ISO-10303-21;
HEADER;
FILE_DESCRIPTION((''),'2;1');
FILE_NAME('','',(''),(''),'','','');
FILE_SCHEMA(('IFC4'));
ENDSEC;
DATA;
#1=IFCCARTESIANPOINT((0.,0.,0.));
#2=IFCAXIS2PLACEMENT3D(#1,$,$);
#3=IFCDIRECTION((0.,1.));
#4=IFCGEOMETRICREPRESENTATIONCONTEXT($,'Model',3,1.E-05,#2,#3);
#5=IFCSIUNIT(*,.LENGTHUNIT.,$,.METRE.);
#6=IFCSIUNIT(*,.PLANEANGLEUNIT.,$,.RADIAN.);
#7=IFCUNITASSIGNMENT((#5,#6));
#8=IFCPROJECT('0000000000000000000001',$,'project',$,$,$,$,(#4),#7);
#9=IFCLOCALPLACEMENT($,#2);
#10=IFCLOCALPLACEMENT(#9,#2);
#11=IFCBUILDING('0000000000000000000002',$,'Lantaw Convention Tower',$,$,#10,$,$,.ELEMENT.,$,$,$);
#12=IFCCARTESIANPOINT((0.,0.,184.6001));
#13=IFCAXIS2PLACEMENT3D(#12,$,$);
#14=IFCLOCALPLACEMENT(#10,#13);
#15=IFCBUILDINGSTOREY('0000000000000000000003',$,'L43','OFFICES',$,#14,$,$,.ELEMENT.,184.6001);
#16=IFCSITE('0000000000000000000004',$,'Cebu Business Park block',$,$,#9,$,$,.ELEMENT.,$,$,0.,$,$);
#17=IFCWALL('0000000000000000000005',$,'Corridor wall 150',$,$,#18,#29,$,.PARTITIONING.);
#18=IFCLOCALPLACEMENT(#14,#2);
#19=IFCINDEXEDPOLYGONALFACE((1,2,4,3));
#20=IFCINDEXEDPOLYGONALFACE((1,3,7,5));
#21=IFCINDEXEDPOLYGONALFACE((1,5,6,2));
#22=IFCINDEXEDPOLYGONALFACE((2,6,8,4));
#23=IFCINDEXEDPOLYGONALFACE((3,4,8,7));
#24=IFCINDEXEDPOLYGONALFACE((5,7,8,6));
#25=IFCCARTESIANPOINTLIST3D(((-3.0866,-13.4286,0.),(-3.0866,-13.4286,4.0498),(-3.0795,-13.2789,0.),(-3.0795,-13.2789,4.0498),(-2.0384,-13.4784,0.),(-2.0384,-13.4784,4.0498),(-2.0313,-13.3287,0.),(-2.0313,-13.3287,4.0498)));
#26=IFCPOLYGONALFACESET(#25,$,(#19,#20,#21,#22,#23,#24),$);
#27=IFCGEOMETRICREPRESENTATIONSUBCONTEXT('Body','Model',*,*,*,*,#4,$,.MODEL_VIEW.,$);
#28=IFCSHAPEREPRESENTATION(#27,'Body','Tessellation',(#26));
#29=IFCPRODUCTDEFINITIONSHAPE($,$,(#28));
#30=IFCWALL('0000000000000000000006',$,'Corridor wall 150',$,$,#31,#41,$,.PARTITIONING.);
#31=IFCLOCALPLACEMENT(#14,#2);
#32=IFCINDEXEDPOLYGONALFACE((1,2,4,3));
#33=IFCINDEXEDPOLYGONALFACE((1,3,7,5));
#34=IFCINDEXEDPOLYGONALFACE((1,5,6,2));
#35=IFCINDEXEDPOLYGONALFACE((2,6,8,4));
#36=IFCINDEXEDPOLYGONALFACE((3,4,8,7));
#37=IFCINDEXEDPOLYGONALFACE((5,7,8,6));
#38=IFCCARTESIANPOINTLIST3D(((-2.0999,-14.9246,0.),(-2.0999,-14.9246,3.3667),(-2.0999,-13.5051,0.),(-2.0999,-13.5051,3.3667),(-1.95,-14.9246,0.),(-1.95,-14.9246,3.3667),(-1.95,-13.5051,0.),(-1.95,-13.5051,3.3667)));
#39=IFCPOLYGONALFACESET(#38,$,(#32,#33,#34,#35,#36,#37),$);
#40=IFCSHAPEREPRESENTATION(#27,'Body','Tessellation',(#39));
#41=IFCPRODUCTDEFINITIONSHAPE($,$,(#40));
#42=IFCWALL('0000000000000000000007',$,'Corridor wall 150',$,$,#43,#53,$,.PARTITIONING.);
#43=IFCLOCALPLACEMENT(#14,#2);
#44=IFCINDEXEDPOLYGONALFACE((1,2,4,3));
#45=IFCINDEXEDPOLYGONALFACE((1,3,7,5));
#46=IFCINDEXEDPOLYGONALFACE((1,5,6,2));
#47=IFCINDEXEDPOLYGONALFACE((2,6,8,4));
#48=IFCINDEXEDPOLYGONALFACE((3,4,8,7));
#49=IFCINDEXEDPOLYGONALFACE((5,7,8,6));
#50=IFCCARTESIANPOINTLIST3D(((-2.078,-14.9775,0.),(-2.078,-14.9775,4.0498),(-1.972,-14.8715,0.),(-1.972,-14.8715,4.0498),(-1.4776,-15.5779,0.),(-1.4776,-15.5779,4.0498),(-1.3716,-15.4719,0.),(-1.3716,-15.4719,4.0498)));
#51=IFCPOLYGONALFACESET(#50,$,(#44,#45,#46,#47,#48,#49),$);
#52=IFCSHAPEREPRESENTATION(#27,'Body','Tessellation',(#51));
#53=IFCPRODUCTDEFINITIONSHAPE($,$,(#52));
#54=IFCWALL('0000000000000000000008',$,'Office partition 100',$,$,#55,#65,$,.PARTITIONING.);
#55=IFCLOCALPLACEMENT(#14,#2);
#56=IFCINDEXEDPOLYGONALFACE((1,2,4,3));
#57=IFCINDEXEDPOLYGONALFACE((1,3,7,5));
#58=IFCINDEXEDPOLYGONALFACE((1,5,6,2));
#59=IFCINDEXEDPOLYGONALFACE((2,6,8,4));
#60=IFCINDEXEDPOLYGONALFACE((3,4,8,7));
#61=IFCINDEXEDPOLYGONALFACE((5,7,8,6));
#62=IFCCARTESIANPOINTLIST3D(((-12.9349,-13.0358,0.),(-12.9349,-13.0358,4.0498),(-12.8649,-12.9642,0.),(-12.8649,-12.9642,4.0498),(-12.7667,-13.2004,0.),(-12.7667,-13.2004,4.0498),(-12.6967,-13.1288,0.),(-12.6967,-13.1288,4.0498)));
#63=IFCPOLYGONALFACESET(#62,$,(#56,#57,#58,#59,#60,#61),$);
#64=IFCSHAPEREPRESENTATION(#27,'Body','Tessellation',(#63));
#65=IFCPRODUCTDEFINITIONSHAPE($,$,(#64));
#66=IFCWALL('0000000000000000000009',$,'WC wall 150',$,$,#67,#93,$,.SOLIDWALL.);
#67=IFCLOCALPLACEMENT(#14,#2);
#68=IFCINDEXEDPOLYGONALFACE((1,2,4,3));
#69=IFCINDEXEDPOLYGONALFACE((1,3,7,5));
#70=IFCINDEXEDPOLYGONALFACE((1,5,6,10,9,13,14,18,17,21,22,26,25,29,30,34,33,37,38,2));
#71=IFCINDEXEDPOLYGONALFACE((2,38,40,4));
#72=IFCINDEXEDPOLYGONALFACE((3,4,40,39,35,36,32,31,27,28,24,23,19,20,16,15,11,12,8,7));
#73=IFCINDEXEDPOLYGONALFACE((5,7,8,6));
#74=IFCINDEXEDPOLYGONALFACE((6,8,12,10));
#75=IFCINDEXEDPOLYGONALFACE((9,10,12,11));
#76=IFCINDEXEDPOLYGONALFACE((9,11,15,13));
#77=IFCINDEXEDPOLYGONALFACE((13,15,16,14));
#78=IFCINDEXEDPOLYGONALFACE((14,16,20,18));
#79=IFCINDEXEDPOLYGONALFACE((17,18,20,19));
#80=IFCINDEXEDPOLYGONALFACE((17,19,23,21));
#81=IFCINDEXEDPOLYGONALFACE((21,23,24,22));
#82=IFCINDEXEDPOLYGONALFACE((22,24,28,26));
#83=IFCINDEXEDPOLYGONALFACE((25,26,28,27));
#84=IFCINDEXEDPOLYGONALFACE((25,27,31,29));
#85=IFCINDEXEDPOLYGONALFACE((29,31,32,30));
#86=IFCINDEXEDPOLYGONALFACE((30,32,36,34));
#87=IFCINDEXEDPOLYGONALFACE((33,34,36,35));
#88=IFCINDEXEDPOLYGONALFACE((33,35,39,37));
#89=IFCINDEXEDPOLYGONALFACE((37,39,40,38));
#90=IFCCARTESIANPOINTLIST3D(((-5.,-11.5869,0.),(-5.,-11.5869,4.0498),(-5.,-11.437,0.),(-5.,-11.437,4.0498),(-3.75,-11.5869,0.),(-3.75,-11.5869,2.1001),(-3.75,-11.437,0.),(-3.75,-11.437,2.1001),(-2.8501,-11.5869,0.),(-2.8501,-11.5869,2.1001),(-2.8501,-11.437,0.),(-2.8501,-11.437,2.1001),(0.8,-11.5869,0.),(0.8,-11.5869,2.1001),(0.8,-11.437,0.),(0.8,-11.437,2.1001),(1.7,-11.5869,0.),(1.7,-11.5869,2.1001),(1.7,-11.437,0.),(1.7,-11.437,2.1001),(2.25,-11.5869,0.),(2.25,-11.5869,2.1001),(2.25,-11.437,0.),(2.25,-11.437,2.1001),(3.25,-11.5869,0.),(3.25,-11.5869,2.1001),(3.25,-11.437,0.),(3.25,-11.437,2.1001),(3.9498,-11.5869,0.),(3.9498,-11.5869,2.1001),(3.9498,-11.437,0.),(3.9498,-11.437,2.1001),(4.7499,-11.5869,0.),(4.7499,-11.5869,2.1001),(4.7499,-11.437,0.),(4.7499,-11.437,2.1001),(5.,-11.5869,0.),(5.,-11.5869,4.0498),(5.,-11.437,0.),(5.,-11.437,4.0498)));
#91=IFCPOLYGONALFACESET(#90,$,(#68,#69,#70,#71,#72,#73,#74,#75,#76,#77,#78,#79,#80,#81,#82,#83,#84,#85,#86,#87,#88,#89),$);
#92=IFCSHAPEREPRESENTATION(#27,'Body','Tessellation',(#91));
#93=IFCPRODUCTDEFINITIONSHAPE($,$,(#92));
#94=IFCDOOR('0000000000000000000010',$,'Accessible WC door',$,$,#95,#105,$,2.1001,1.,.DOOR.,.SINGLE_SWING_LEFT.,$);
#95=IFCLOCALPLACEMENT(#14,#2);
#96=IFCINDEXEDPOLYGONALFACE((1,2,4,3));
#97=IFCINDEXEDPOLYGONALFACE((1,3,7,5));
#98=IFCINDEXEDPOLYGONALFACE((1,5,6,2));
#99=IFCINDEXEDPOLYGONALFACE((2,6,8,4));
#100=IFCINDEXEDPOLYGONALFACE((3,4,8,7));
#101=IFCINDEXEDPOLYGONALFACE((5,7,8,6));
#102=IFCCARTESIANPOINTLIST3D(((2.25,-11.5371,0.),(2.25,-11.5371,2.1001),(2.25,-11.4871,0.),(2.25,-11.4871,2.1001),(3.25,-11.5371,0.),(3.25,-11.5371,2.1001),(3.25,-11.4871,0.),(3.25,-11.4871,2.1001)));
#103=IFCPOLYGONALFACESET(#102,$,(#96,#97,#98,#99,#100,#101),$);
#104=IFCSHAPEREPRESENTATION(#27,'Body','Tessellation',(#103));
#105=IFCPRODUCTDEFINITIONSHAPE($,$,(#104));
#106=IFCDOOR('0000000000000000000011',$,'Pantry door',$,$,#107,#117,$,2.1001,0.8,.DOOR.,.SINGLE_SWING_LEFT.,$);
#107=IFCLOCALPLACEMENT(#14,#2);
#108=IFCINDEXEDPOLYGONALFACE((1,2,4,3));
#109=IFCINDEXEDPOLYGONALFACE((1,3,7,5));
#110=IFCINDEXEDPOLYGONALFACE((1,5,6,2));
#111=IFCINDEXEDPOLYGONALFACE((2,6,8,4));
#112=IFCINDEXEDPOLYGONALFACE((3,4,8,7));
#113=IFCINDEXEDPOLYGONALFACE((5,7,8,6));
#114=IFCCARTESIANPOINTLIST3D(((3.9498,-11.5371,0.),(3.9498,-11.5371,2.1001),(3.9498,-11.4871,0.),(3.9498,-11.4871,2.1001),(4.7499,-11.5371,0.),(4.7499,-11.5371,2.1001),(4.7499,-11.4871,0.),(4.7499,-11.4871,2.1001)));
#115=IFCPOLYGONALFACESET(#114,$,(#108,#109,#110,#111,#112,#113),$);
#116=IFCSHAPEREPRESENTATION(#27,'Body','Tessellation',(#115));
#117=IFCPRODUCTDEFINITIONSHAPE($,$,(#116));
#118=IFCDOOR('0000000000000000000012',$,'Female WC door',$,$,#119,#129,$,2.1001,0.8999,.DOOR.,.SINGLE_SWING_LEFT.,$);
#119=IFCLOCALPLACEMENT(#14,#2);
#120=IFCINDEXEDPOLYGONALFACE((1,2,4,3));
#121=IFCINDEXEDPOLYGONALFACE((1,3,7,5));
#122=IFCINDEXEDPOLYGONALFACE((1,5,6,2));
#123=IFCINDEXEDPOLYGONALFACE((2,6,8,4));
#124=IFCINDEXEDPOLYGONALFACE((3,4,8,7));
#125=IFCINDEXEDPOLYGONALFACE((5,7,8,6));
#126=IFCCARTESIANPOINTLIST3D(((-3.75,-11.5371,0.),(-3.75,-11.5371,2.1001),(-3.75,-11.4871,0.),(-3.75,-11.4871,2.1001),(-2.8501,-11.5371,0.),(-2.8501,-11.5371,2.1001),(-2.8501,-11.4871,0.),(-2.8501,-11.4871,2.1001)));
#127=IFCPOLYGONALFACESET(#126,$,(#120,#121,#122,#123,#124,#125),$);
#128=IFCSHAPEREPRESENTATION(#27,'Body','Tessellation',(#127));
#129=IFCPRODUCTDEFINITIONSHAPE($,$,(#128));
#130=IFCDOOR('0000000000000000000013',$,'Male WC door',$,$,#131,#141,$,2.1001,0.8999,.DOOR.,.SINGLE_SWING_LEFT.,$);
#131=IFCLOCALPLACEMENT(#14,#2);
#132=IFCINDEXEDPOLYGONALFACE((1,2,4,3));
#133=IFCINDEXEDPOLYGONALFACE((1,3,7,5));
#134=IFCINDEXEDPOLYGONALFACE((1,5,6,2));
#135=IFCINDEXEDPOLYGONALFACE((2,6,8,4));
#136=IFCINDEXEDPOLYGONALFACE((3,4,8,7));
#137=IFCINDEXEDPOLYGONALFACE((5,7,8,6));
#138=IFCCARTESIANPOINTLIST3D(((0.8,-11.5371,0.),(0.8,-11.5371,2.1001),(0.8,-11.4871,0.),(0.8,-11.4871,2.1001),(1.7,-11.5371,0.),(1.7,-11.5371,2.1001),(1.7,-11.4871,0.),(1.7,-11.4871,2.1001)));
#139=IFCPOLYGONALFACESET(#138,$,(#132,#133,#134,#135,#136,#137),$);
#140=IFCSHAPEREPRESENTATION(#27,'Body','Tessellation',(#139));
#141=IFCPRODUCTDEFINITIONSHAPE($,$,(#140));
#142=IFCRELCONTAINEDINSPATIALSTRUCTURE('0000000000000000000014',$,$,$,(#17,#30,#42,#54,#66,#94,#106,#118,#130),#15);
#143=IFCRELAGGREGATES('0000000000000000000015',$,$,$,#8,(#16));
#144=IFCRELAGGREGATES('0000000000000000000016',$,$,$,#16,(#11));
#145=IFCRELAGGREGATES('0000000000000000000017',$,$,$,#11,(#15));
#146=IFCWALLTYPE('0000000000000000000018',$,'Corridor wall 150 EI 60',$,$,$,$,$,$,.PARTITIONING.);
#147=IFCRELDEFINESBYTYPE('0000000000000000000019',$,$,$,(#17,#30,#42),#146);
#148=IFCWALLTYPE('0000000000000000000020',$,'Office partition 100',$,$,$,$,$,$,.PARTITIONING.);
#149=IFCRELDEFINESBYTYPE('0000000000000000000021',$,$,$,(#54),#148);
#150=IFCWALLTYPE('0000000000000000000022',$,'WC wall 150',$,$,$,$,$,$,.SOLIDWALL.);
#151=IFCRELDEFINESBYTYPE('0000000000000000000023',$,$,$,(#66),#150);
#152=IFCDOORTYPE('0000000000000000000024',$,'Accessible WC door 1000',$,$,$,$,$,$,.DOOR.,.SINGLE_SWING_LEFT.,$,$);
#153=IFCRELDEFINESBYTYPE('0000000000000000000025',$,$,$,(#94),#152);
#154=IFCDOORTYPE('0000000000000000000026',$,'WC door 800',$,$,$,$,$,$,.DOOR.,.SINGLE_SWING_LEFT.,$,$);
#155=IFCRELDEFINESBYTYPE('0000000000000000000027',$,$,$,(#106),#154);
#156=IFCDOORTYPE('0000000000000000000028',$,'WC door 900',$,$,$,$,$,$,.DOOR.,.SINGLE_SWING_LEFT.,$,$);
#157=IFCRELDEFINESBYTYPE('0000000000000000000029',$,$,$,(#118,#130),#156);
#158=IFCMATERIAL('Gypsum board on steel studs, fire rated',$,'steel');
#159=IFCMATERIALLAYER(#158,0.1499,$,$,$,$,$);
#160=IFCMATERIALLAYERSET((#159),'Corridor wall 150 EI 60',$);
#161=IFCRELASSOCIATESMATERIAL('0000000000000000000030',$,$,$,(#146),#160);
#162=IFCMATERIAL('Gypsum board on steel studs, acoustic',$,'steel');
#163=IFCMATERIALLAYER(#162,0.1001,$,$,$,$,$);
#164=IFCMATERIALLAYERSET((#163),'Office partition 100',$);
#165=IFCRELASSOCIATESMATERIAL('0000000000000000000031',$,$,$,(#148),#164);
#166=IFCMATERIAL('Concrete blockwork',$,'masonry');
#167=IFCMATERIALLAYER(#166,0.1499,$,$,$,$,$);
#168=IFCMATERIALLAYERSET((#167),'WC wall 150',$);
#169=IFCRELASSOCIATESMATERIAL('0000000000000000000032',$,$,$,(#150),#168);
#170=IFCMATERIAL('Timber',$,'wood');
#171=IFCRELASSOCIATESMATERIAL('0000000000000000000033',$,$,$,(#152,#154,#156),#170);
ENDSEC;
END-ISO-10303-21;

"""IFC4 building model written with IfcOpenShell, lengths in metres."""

from ifc_helpers import new_model, si_unit, direction, frame, frame_2d, origin, place, context, subcontext, project, spatial, rectangle, extrude, material, layer, layer_set, type_object, element, fill, save


model = new_model("IFC4")

# Units and contexts
model_context = context("Model", 3, precision=1e-05, world=origin(), true_north=direction((0.0, 1.0)))
body_context = subcontext(model_context, "Body", "Model", "MODEL_VIEW")
ifc_project = project(units=[si_unit("LENGTHUNIT", "METRE"), si_unit("PLANEANGLEUNIT", "RADIAN")], contexts=[model_context])

# Site, building, storey
site_placement = place(None, origin())
site = spatial("IfcSite", under=ifc_project, at=site_placement, Name="Cebu Business Park block", CompositionType="ELEMENT", RefElevation=0.0)
building_placement = place(site_placement, origin())
building = spatial("IfcBuilding", under=site, at=building_placement, Name="Lantaw Convention Tower", CompositionType="ELEMENT")
storey_placement = place(building_placement, frame((0.0, 0.0, 184.6001)))
storey = spatial("IfcBuildingStorey", under=building, at=storey_placement, Name="L43", Description="OFFICES", CompositionType="ELEMENT", Elevation=184.6001)

# Shared definitions
ifc_material_1 = material(Name="Gypsum board on steel studs, fire rated", Category="steel")
ifc_layer_1 = layer(ifc_material_1, 0.1499)
ifc_layer_set_1 = layer_set([ifc_layer_1], Name="Corridor wall 150 EI 60")
wall_type_1 = type_object("IfcWallType", Name="Corridor wall 150 EI 60", PredefinedType="PARTITIONING", material=ifc_layer_set_1)

# Walls
wall_1_placement = place(storey_placement, frame((-3.083, -13.3538, 0.0), z_axis=(0.0, 0.0, 1.0), x_axis=(0.998873, -0.047466, 0.0)))
element("IfcWall", 1, at=wall_1_placement, inside=storey, type_object=wall_type_1, Name="Corridor wall 150", PredefinedType="PARTITIONING", context=body_context, shape_type="SweptSolid", body=[
    extrude(rectangle(XDim=1.0493, YDim=0.1499, at=frame_2d((0.5247, 0.0))), origin(), (0.0, 0.0, 1.0), 4.0498),
])
wall_2_placement = place(storey_placement, frame((-2.0249, -14.9246, 0.0), z_axis=(0.0, 0.0, 1.0), x_axis=(0.0, 1.0, 0.0)))
element("IfcWall", 2, at=wall_2_placement, inside=storey, type_object=wall_type_1, Name="Corridor wall 150", PredefinedType="PARTITIONING", context=body_context, shape_type="SweptSolid", body=[
    extrude(rectangle(XDim=1.4194, YDim=0.1499, at=frame_2d((0.7097, 0.0))), origin(), (0.0, 0.0, 1.0), 3.3667),
])
wall_3_placement = place(storey_placement, frame((-1.4246, -15.5249, 0.0), z_axis=(0.0, 0.0, 1.0), x_axis=(-0.707107, 0.707107, 0.0)))
element("IfcWall", 3, at=wall_3_placement, inside=storey, type_object=wall_type_1, Name="Corridor wall 150", PredefinedType="PARTITIONING", context=body_context, shape_type="SweptSolid", body=[
    extrude(rectangle(XDim=0.8491, YDim=0.1499, at=frame_2d((0.4246, 0.0))), origin(), (0.0, 0.0, 1.0), 4.0498),
])
ifc_material_2 = material(Name="Gypsum board on steel studs, acoustic", Category="steel")
ifc_layer_2 = layer(ifc_material_2, 0.1001)
ifc_layer_set_2 = layer_set([ifc_layer_2], Name="Office partition 100")
wall_type_2 = type_object("IfcWallType", Name="Office partition 100", PredefinedType="PARTITIONING", material=ifc_layer_set_2)
wall_4_placement = place(storey_placement, frame((-12.8999, -13.0, 0.0), z_axis=(0.0, 0.0, 1.0), x_axis=(0.714845, -0.699283, 0.0)))
element("IfcWall", 4, at=wall_4_placement, inside=storey, type_object=wall_type_2, Name="Office partition 100", PredefinedType="PARTITIONING", context=body_context, shape_type="SweptSolid", body=[
    extrude(rectangle(XDim=0.2354, YDim=0.1001, at=frame_2d((0.1177, 0.0))), origin(), (0.0, 0.0, 1.0), 4.0498),
])

# Wall, openings, doors
ifc_material_3 = material(Name="Concrete blockwork", Category="masonry")
ifc_layer_3 = layer(ifc_material_3, 0.1499)
ifc_layer_set_3 = layer_set([ifc_layer_3], Name="WC wall 150")
wall_type_3 = type_object("IfcWallType", Name="WC wall 150", PredefinedType="SOLIDWALL", material=ifc_layer_set_3)
wall_5_placement = place(storey_placement, frame((-5.0, -11.512, 0.0), z_axis=(0.0, 0.0, 1.0), x_axis=(1.0, 0.0, 0.0)))
wall_5 = element("IfcWall", 5, at=wall_5_placement, inside=storey, type_object=wall_type_3, Name="WC wall 150", PredefinedType="SOLIDWALL", context=body_context, shape_type="SweptSolid", body=[
    extrude(rectangle(XDim=10.0, YDim=0.1499, at=frame_2d((5.0, 0.0))), origin(), (0.0, 0.0, 1.0), 4.0498),
])
opening_1_placement = place(wall_5_placement, frame((1.25, 0.0, 0.0)))
opening_1 = element("IfcOpeningElement", 6, at=opening_1_placement, cuts=wall_5, PredefinedType="OPENING", context=body_context, shape_type="SweptSolid", body=[
    extrude(rectangle(XDim=0.8999, YDim=2.1001, at=frame_2d((0.45, 1.05))), frame((0.0, 0.085, 0.0), z_axis=(0.0, -1.0, 0.0), x_axis=(1.0, 0.0, 0.0)), (0.0, 0.0, 1.0), 0.1699),
])
opening_2_placement = place(wall_5_placement, frame((5.8, 0.0, 0.0)))
opening_2 = element("IfcOpeningElement", 7, at=opening_2_placement, cuts=wall_5, PredefinedType="OPENING", context=body_context, shape_type="SweptSolid", body=[
    extrude(rectangle(XDim=0.8999, YDim=2.1001, at=frame_2d((0.45, 1.05))), frame((0.0, 0.085, 0.0), z_axis=(0.0, -1.0, 0.0), x_axis=(1.0, 0.0, 0.0)), (0.0, 0.0, 1.0), 0.1699),
])
opening_3_placement = place(wall_5_placement, frame((7.25, 0.0, 0.0)))
opening_3 = element("IfcOpeningElement", 8, at=opening_3_placement, cuts=wall_5, PredefinedType="OPENING", context=body_context, shape_type="SweptSolid", body=[
    extrude(rectangle(XDim=1.0, YDim=2.1001, at=frame_2d((0.5, 1.05))), frame((0.0, 0.085, 0.0), z_axis=(0.0, -1.0, 0.0), x_axis=(1.0, 0.0, 0.0)), (0.0, 0.0, 1.0), 0.1699),
])
opening_4_placement = place(wall_5_placement, frame((8.95, 0.0, 0.0)))
opening_4 = element("IfcOpeningElement", 9, at=opening_4_placement, cuts=wall_5, PredefinedType="OPENING", context=body_context, shape_type="SweptSolid", body=[
    extrude(rectangle(XDim=0.8, YDim=2.1001, at=frame_2d((0.3999, 1.05))), frame((0.0, 0.085, 0.0), z_axis=(0.0, -1.0, 0.0), x_axis=(1.0, 0.0, 0.0)), (0.0, 0.0, 1.0), 0.1699),
])
ifc_material_4 = material(Name="Timber", Category="wood")
door_type_1 = type_object("IfcDoorType", Name="Accessible WC door 1000", OperationType="SINGLE_SWING_LEFT", PredefinedType="DOOR", material=ifc_material_4)
door_1_placement = place(opening_3_placement, origin())
door_1 = element("IfcDoor", 10, at=door_1_placement, inside=storey, type_object=door_type_1, Name="Accessible WC door", OperationType="SINGLE_SWING_LEFT", OverallHeight=2.1001, OverallWidth=1.0, PredefinedType="DOOR", context=body_context, shape_type="SweptSolid", body=[
    extrude(rectangle(XDim=1.0, YDim=2.1001, at=frame_2d((0.5, 1.05))), frame((0.0, 0.0249, 0.0), z_axis=(0.0, -1.0, 0.0), x_axis=(1.0, 0.0, 0.0)), (0.0, 0.0, 1.0), 0.05),
])
fill(opening_3, door_1)
door_type_2 = type_object("IfcDoorType", Name="WC door 800", OperationType="SINGLE_SWING_LEFT", PredefinedType="DOOR", material=ifc_material_4)
door_2_placement = place(opening_4_placement, origin())
door_2 = element("IfcDoor", 11, at=door_2_placement, inside=storey, type_object=door_type_2, Name="Pantry door", OperationType="SINGLE_SWING_LEFT", OverallHeight=2.1001, OverallWidth=0.8, PredefinedType="DOOR", context=body_context, shape_type="SweptSolid", body=[
    extrude(rectangle(XDim=0.8, YDim=2.1001, at=frame_2d((0.3999, 1.05))), frame((0.0, 0.0249, 0.0), z_axis=(0.0, -1.0, 0.0), x_axis=(1.0, 0.0, 0.0)), (0.0, 0.0, 1.0), 0.05),
])
fill(opening_4, door_2)
door_type_3 = type_object("IfcDoorType", Name="WC door 900", OperationType="SINGLE_SWING_LEFT", PredefinedType="DOOR", material=ifc_material_4)
door_3_placement = place(opening_1_placement, origin())
door_3 = element("IfcDoor", 12, at=door_3_placement, inside=storey, type_object=door_type_3, Name="Female WC door", OperationType="SINGLE_SWING_LEFT", OverallHeight=2.1001, OverallWidth=0.8999, PredefinedType="DOOR", context=body_context, shape_type="SweptSolid", body=[
    extrude(rectangle(XDim=0.8999, YDim=2.1001, at=frame_2d((0.45, 1.05))), frame((0.0, 0.0249, 0.0), z_axis=(0.0, -1.0, 0.0), x_axis=(1.0, 0.0, 0.0)), (0.0, 0.0, 1.0), 0.05),
])
fill(opening_1, door_3)
door_4_placement = place(opening_2_placement, origin())
door_4 = element("IfcDoor", 13, at=door_4_placement, inside=storey, type_object=door_type_3, Name="Male WC door", OperationType="SINGLE_SWING_LEFT", OverallHeight=2.1001, OverallWidth=0.8999, PredefinedType="DOOR", context=body_context, shape_type="SweptSolid", body=[
    extrude(rectangle(XDim=0.8999, YDim=2.1001, at=frame_2d((0.45, 1.05))), frame((0.0, 0.0249, 0.0), z_axis=(0.0, -1.0, 0.0), x_axis=(1.0, 0.0, 0.0)), (0.0, 0.0, 1.0), 0.05),
])
fill(opening_2, door_4)

save(model, "model.ifc")
